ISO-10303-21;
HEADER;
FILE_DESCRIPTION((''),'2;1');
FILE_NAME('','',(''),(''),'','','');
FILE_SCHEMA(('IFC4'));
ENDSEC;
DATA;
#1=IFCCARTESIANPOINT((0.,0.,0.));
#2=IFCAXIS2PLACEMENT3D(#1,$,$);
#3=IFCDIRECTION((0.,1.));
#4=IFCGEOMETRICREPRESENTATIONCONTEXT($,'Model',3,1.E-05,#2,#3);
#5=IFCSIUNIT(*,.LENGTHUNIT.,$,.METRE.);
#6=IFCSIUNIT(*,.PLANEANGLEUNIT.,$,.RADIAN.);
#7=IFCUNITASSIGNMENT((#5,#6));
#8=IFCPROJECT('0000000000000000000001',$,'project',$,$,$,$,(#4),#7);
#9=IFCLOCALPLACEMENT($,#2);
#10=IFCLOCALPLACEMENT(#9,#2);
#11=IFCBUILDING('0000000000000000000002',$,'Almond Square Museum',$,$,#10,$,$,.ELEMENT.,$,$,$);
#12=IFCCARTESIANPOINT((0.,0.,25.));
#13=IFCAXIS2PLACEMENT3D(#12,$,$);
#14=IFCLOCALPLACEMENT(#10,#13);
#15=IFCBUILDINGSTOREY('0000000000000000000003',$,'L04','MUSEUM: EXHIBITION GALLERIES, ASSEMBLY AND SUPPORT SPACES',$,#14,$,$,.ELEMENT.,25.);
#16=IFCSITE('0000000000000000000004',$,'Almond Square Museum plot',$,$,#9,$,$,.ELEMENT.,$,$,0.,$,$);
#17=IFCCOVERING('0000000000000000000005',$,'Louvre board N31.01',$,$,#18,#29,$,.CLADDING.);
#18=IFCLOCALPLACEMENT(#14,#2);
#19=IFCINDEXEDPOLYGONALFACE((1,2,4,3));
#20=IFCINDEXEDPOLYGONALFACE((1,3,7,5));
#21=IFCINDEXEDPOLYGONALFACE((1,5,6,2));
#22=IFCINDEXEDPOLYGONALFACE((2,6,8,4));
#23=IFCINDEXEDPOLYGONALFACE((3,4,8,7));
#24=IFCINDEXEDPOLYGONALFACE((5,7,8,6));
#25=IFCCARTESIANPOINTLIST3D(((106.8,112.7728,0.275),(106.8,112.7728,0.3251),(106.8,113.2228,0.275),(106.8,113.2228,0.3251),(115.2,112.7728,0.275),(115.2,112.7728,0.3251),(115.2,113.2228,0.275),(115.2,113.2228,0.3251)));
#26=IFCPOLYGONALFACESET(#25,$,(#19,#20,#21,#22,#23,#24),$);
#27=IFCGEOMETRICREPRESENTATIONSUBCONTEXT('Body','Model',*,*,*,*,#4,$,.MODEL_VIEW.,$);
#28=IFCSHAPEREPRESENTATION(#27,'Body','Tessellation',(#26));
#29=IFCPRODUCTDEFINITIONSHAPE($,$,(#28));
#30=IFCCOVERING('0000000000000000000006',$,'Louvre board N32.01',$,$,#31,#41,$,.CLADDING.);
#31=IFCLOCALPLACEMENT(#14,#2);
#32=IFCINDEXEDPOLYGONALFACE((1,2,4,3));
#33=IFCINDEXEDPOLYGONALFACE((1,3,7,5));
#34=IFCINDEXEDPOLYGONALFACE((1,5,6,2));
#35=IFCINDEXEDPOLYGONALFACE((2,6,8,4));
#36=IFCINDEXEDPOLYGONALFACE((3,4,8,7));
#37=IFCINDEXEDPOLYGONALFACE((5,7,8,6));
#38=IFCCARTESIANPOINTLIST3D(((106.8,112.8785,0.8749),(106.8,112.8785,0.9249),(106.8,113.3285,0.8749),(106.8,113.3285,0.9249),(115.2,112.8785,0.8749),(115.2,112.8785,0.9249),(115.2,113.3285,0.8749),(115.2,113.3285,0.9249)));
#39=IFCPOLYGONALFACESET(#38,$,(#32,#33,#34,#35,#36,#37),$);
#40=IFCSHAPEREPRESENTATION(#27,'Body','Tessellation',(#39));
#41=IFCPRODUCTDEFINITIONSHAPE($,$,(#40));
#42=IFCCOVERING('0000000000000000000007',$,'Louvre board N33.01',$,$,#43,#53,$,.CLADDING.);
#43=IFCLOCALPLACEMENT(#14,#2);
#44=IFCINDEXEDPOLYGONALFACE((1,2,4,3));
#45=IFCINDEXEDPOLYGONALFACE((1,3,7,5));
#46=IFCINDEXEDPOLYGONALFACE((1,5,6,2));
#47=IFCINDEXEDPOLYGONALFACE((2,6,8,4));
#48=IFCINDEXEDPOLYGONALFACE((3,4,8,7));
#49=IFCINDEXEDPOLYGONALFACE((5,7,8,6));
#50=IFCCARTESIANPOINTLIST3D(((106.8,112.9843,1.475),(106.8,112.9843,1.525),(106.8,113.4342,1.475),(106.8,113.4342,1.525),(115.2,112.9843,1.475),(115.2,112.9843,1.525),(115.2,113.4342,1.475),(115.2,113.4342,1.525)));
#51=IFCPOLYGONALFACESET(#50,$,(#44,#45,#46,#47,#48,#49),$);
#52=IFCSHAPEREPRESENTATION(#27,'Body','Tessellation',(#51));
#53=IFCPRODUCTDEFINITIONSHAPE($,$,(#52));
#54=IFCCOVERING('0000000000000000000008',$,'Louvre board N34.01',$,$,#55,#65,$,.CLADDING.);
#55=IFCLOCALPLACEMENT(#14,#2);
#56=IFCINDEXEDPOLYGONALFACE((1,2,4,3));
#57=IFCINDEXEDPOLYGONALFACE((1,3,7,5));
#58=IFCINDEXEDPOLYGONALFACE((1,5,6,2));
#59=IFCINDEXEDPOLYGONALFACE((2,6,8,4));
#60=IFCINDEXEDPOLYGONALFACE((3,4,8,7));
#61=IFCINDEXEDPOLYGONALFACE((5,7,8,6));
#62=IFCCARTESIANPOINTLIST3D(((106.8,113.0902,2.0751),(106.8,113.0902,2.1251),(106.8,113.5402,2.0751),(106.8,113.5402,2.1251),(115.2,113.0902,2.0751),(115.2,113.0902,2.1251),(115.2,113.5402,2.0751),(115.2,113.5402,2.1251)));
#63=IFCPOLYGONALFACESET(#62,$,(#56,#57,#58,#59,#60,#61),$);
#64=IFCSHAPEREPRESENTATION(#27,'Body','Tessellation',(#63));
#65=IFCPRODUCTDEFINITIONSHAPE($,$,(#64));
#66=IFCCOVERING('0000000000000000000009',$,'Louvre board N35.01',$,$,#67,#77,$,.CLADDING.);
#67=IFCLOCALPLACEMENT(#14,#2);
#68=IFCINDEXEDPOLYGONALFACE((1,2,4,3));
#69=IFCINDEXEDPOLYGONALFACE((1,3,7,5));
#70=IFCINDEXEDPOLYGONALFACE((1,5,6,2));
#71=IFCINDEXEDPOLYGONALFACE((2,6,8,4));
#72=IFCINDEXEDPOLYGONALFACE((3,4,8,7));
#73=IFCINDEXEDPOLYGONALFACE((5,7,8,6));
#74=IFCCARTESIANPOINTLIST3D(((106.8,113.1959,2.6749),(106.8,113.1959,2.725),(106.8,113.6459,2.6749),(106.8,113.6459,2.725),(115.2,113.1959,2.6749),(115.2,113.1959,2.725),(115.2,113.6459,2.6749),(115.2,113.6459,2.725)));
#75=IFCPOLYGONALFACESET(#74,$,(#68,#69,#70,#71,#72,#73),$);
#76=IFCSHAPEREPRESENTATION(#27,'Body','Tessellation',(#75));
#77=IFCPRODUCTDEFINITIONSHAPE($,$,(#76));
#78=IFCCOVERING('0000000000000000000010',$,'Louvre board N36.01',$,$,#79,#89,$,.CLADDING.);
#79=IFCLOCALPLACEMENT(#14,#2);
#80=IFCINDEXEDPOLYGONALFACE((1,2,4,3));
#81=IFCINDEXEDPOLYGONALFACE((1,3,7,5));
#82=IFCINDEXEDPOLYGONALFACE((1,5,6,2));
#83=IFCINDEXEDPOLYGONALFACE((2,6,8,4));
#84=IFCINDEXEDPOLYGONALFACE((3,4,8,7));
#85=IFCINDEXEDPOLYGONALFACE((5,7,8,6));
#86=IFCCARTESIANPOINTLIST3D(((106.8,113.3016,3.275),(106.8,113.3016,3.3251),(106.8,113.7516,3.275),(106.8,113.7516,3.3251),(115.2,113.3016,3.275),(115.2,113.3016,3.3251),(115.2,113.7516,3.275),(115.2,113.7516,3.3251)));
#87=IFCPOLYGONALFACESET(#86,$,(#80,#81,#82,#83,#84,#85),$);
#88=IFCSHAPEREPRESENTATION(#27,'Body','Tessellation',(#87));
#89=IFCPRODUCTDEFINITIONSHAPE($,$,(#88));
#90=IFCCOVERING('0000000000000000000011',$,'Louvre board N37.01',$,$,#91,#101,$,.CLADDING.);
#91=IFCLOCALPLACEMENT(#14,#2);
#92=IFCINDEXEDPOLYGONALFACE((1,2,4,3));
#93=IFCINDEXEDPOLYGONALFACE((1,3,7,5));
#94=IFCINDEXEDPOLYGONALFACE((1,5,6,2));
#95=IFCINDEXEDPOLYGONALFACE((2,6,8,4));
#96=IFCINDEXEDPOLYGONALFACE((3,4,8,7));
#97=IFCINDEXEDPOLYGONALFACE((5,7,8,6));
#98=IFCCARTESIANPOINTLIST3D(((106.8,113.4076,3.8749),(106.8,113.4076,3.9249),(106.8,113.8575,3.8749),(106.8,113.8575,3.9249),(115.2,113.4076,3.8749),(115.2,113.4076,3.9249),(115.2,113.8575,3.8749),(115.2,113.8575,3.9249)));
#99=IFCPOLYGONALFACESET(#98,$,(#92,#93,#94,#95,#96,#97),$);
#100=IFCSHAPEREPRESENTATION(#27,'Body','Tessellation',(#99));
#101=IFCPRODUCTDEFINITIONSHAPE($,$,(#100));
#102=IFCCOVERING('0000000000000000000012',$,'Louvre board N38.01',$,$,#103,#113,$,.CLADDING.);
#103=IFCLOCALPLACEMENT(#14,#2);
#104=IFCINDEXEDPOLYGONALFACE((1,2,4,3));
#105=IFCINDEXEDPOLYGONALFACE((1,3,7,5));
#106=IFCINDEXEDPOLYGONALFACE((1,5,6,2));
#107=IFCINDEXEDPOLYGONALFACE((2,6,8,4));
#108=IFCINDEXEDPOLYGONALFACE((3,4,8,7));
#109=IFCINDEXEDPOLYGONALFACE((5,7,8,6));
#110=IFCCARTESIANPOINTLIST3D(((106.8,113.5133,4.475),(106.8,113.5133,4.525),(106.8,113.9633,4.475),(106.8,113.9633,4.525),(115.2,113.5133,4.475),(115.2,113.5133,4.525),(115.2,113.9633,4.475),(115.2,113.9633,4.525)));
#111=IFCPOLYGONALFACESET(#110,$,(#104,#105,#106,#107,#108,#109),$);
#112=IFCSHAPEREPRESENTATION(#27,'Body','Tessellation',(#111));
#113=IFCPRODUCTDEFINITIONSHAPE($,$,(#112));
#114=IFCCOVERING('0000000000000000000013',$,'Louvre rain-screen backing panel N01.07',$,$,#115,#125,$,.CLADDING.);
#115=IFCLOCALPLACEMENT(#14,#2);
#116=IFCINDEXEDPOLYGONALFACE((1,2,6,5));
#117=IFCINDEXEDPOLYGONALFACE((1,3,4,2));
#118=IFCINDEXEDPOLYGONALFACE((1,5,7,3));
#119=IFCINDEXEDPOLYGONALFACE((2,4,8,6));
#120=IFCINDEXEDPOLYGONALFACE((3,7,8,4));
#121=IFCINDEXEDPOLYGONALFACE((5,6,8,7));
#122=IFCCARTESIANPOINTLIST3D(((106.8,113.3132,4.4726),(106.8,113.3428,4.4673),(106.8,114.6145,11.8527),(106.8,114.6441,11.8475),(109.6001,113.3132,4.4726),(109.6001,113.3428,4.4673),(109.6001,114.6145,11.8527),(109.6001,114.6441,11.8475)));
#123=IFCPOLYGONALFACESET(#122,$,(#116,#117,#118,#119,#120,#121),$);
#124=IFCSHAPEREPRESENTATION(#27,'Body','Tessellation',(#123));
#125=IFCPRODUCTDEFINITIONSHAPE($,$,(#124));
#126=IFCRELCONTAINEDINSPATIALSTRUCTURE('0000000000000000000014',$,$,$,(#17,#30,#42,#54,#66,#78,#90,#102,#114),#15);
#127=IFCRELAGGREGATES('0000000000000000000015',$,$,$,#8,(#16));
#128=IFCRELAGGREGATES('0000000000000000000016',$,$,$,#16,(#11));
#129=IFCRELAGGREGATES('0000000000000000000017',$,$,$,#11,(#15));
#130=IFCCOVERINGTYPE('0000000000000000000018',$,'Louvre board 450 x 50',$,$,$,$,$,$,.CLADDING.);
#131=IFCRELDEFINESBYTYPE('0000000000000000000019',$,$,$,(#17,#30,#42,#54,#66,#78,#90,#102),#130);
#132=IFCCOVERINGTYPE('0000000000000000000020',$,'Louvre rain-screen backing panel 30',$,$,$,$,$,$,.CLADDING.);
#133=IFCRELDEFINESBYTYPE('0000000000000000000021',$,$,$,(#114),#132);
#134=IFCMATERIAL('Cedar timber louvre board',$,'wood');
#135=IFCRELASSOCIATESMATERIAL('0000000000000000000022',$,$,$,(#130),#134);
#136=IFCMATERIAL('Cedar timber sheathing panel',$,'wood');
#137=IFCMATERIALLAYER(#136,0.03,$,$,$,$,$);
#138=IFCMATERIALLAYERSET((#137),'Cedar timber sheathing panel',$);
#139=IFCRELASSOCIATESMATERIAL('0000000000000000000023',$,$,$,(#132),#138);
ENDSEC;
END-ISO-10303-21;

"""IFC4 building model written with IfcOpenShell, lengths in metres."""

from ifc_helpers import new_model, si_unit, direction, frame, origin, origin_2d, place, context, subcontext, project, spatial, polyline, rectangle, outline, extrude, material, layer, layer_set, material_profile, profile_set, type_object, element, save


model = new_model("IFC4")

# Units and contexts
model_context = context("Model", 3, precision=1e-05, world=origin(), true_north=direction((0.0, 1.0)))
body_context = subcontext(model_context, "Body", "Model", "MODEL_VIEW")
ifc_project = project(units=[si_unit("LENGTHUNIT", "METRE"), si_unit("PLANEANGLEUNIT", "RADIAN")], contexts=[model_context])

# Site, building, storey
site_placement = place(None, origin())
site = spatial("IfcSite", under=ifc_project, at=site_placement, Name="Almond Square Museum plot", CompositionType="ELEMENT", RefElevation=0.0)
building_placement = place(site_placement, origin())
building = spatial("IfcBuilding", under=site, at=building_placement, Name="Almond Square Museum", CompositionType="ELEMENT")
storey_placement = place(building_placement, frame((0.0, 0.0, 25.0)))
storey = spatial("IfcBuildingStorey", under=building, at=storey_placement, Name="L04", Description="MUSEUM: EXHIBITION GALLERIES, ASSEMBLY AND SUPPORT SPACES", CompositionType="ELEMENT", Elevation=25.0)

# Coverings
ifc_material_1 = material(Name="Cedar timber louvre board", Category="wood")
ifc_material_profile_1 = material_profile(ifc_material_1, rectangle(XDim=0.45, YDim=0.05, at=origin_2d()))
ifc_profile_set_1 = profile_set([ifc_material_profile_1], Name="Cedar timber louvre board")
covering_type_1 = type_object("IfcCoveringType", Name="Louvre board 450 x 50", PredefinedType="CLADDING", material=ifc_profile_set_1)
for number, where, z_axis, x_axis, name in (
    (1, (106.8, 112.9978, 0.3), (1.0, 0.0, 0.0), (0.0, 1.0, 0.0), "Louvre board N31.01"),
    (2, (106.8, 113.1035, 0.8999), (1.0, 0.0, 0.0), (0.0, 1.0, 0.0), "Louvre board N32.01"),
    (3, (106.8, 113.2092, 1.5), (1.0, 0.0, 0.0), (0.0, 1.0, 0.0), "Louvre board N33.01"),
    (4, (106.8, 113.3152, 2.1001), (1.0, 0.0, 0.0), (0.0, 1.0, 0.0), "Louvre board N34.01"),
    (5, (106.8, 113.4209, 2.7), (1.0, 0.0, 0.0), (0.0, 1.0, 0.0), "Louvre board N35.01"),
    (6, (106.8, 113.5266, 3.3), (1.0, 0.0, 0.0), (0.0, 1.0, 0.0), "Louvre board N36.01"),
    (7, (106.8, 113.6326, 3.8999), (1.0, 0.0, 0.0), (0.0, 1.0, 0.0), "Louvre board N37.01"),
    (8, (106.8, 113.7383, 4.5), (1.0, 0.0, 0.0), (0.0, 1.0, 0.0), "Louvre board N38.01"),
):
    element("IfcCovering", number, at=place(storey_placement, frame(where, z_axis=z_axis, x_axis=x_axis)), inside=storey, type_object=covering_type_1, Name=name, PredefinedType="CLADDING", context=body_context, shape_type="SweptSolid", body=[
        extrude(rectangle(XDim=0.45, YDim=0.05, at=origin_2d()), origin(), (0.0, 0.0, 1.0), 8.3999),
    ])
ifc_material_2 = material(Name="Cedar timber sheathing panel", Category="wood")
ifc_layer_1 = layer(ifc_material_2, 0.03)
ifc_layer_set_1 = layer_set([ifc_layer_1], Name="Cedar timber sheathing panel")
covering_type_2 = type_object("IfcCoveringType", Name="Louvre rain-screen backing panel 30", PredefinedType="CLADDING", material=ifc_layer_set_1)
covering_placement = place(storey_placement, frame((106.8, 113.3279, 4.47), z_axis=(0.0, -0.984809, 0.173642), x_axis=(1.0, 0.0, 0.0)))
element("IfcCovering", 9, at=covering_placement, inside=storey, type_object=covering_type_2, Name="Louvre rain-screen backing panel N01.07", PredefinedType="CLADDING", context=body_context, shape_type="SweptSolid", body=[
    extrude(outline(polyline([(0.0, 0.0), (2.8, 0.0), (2.8, 7.494), (0.0, 7.494), (0.0, 0.0)])), frame((0.0, 0.0, -0.0151)), (0.0, 0.0, 1.0), 0.03),
])

save(model, "model.ifc")
